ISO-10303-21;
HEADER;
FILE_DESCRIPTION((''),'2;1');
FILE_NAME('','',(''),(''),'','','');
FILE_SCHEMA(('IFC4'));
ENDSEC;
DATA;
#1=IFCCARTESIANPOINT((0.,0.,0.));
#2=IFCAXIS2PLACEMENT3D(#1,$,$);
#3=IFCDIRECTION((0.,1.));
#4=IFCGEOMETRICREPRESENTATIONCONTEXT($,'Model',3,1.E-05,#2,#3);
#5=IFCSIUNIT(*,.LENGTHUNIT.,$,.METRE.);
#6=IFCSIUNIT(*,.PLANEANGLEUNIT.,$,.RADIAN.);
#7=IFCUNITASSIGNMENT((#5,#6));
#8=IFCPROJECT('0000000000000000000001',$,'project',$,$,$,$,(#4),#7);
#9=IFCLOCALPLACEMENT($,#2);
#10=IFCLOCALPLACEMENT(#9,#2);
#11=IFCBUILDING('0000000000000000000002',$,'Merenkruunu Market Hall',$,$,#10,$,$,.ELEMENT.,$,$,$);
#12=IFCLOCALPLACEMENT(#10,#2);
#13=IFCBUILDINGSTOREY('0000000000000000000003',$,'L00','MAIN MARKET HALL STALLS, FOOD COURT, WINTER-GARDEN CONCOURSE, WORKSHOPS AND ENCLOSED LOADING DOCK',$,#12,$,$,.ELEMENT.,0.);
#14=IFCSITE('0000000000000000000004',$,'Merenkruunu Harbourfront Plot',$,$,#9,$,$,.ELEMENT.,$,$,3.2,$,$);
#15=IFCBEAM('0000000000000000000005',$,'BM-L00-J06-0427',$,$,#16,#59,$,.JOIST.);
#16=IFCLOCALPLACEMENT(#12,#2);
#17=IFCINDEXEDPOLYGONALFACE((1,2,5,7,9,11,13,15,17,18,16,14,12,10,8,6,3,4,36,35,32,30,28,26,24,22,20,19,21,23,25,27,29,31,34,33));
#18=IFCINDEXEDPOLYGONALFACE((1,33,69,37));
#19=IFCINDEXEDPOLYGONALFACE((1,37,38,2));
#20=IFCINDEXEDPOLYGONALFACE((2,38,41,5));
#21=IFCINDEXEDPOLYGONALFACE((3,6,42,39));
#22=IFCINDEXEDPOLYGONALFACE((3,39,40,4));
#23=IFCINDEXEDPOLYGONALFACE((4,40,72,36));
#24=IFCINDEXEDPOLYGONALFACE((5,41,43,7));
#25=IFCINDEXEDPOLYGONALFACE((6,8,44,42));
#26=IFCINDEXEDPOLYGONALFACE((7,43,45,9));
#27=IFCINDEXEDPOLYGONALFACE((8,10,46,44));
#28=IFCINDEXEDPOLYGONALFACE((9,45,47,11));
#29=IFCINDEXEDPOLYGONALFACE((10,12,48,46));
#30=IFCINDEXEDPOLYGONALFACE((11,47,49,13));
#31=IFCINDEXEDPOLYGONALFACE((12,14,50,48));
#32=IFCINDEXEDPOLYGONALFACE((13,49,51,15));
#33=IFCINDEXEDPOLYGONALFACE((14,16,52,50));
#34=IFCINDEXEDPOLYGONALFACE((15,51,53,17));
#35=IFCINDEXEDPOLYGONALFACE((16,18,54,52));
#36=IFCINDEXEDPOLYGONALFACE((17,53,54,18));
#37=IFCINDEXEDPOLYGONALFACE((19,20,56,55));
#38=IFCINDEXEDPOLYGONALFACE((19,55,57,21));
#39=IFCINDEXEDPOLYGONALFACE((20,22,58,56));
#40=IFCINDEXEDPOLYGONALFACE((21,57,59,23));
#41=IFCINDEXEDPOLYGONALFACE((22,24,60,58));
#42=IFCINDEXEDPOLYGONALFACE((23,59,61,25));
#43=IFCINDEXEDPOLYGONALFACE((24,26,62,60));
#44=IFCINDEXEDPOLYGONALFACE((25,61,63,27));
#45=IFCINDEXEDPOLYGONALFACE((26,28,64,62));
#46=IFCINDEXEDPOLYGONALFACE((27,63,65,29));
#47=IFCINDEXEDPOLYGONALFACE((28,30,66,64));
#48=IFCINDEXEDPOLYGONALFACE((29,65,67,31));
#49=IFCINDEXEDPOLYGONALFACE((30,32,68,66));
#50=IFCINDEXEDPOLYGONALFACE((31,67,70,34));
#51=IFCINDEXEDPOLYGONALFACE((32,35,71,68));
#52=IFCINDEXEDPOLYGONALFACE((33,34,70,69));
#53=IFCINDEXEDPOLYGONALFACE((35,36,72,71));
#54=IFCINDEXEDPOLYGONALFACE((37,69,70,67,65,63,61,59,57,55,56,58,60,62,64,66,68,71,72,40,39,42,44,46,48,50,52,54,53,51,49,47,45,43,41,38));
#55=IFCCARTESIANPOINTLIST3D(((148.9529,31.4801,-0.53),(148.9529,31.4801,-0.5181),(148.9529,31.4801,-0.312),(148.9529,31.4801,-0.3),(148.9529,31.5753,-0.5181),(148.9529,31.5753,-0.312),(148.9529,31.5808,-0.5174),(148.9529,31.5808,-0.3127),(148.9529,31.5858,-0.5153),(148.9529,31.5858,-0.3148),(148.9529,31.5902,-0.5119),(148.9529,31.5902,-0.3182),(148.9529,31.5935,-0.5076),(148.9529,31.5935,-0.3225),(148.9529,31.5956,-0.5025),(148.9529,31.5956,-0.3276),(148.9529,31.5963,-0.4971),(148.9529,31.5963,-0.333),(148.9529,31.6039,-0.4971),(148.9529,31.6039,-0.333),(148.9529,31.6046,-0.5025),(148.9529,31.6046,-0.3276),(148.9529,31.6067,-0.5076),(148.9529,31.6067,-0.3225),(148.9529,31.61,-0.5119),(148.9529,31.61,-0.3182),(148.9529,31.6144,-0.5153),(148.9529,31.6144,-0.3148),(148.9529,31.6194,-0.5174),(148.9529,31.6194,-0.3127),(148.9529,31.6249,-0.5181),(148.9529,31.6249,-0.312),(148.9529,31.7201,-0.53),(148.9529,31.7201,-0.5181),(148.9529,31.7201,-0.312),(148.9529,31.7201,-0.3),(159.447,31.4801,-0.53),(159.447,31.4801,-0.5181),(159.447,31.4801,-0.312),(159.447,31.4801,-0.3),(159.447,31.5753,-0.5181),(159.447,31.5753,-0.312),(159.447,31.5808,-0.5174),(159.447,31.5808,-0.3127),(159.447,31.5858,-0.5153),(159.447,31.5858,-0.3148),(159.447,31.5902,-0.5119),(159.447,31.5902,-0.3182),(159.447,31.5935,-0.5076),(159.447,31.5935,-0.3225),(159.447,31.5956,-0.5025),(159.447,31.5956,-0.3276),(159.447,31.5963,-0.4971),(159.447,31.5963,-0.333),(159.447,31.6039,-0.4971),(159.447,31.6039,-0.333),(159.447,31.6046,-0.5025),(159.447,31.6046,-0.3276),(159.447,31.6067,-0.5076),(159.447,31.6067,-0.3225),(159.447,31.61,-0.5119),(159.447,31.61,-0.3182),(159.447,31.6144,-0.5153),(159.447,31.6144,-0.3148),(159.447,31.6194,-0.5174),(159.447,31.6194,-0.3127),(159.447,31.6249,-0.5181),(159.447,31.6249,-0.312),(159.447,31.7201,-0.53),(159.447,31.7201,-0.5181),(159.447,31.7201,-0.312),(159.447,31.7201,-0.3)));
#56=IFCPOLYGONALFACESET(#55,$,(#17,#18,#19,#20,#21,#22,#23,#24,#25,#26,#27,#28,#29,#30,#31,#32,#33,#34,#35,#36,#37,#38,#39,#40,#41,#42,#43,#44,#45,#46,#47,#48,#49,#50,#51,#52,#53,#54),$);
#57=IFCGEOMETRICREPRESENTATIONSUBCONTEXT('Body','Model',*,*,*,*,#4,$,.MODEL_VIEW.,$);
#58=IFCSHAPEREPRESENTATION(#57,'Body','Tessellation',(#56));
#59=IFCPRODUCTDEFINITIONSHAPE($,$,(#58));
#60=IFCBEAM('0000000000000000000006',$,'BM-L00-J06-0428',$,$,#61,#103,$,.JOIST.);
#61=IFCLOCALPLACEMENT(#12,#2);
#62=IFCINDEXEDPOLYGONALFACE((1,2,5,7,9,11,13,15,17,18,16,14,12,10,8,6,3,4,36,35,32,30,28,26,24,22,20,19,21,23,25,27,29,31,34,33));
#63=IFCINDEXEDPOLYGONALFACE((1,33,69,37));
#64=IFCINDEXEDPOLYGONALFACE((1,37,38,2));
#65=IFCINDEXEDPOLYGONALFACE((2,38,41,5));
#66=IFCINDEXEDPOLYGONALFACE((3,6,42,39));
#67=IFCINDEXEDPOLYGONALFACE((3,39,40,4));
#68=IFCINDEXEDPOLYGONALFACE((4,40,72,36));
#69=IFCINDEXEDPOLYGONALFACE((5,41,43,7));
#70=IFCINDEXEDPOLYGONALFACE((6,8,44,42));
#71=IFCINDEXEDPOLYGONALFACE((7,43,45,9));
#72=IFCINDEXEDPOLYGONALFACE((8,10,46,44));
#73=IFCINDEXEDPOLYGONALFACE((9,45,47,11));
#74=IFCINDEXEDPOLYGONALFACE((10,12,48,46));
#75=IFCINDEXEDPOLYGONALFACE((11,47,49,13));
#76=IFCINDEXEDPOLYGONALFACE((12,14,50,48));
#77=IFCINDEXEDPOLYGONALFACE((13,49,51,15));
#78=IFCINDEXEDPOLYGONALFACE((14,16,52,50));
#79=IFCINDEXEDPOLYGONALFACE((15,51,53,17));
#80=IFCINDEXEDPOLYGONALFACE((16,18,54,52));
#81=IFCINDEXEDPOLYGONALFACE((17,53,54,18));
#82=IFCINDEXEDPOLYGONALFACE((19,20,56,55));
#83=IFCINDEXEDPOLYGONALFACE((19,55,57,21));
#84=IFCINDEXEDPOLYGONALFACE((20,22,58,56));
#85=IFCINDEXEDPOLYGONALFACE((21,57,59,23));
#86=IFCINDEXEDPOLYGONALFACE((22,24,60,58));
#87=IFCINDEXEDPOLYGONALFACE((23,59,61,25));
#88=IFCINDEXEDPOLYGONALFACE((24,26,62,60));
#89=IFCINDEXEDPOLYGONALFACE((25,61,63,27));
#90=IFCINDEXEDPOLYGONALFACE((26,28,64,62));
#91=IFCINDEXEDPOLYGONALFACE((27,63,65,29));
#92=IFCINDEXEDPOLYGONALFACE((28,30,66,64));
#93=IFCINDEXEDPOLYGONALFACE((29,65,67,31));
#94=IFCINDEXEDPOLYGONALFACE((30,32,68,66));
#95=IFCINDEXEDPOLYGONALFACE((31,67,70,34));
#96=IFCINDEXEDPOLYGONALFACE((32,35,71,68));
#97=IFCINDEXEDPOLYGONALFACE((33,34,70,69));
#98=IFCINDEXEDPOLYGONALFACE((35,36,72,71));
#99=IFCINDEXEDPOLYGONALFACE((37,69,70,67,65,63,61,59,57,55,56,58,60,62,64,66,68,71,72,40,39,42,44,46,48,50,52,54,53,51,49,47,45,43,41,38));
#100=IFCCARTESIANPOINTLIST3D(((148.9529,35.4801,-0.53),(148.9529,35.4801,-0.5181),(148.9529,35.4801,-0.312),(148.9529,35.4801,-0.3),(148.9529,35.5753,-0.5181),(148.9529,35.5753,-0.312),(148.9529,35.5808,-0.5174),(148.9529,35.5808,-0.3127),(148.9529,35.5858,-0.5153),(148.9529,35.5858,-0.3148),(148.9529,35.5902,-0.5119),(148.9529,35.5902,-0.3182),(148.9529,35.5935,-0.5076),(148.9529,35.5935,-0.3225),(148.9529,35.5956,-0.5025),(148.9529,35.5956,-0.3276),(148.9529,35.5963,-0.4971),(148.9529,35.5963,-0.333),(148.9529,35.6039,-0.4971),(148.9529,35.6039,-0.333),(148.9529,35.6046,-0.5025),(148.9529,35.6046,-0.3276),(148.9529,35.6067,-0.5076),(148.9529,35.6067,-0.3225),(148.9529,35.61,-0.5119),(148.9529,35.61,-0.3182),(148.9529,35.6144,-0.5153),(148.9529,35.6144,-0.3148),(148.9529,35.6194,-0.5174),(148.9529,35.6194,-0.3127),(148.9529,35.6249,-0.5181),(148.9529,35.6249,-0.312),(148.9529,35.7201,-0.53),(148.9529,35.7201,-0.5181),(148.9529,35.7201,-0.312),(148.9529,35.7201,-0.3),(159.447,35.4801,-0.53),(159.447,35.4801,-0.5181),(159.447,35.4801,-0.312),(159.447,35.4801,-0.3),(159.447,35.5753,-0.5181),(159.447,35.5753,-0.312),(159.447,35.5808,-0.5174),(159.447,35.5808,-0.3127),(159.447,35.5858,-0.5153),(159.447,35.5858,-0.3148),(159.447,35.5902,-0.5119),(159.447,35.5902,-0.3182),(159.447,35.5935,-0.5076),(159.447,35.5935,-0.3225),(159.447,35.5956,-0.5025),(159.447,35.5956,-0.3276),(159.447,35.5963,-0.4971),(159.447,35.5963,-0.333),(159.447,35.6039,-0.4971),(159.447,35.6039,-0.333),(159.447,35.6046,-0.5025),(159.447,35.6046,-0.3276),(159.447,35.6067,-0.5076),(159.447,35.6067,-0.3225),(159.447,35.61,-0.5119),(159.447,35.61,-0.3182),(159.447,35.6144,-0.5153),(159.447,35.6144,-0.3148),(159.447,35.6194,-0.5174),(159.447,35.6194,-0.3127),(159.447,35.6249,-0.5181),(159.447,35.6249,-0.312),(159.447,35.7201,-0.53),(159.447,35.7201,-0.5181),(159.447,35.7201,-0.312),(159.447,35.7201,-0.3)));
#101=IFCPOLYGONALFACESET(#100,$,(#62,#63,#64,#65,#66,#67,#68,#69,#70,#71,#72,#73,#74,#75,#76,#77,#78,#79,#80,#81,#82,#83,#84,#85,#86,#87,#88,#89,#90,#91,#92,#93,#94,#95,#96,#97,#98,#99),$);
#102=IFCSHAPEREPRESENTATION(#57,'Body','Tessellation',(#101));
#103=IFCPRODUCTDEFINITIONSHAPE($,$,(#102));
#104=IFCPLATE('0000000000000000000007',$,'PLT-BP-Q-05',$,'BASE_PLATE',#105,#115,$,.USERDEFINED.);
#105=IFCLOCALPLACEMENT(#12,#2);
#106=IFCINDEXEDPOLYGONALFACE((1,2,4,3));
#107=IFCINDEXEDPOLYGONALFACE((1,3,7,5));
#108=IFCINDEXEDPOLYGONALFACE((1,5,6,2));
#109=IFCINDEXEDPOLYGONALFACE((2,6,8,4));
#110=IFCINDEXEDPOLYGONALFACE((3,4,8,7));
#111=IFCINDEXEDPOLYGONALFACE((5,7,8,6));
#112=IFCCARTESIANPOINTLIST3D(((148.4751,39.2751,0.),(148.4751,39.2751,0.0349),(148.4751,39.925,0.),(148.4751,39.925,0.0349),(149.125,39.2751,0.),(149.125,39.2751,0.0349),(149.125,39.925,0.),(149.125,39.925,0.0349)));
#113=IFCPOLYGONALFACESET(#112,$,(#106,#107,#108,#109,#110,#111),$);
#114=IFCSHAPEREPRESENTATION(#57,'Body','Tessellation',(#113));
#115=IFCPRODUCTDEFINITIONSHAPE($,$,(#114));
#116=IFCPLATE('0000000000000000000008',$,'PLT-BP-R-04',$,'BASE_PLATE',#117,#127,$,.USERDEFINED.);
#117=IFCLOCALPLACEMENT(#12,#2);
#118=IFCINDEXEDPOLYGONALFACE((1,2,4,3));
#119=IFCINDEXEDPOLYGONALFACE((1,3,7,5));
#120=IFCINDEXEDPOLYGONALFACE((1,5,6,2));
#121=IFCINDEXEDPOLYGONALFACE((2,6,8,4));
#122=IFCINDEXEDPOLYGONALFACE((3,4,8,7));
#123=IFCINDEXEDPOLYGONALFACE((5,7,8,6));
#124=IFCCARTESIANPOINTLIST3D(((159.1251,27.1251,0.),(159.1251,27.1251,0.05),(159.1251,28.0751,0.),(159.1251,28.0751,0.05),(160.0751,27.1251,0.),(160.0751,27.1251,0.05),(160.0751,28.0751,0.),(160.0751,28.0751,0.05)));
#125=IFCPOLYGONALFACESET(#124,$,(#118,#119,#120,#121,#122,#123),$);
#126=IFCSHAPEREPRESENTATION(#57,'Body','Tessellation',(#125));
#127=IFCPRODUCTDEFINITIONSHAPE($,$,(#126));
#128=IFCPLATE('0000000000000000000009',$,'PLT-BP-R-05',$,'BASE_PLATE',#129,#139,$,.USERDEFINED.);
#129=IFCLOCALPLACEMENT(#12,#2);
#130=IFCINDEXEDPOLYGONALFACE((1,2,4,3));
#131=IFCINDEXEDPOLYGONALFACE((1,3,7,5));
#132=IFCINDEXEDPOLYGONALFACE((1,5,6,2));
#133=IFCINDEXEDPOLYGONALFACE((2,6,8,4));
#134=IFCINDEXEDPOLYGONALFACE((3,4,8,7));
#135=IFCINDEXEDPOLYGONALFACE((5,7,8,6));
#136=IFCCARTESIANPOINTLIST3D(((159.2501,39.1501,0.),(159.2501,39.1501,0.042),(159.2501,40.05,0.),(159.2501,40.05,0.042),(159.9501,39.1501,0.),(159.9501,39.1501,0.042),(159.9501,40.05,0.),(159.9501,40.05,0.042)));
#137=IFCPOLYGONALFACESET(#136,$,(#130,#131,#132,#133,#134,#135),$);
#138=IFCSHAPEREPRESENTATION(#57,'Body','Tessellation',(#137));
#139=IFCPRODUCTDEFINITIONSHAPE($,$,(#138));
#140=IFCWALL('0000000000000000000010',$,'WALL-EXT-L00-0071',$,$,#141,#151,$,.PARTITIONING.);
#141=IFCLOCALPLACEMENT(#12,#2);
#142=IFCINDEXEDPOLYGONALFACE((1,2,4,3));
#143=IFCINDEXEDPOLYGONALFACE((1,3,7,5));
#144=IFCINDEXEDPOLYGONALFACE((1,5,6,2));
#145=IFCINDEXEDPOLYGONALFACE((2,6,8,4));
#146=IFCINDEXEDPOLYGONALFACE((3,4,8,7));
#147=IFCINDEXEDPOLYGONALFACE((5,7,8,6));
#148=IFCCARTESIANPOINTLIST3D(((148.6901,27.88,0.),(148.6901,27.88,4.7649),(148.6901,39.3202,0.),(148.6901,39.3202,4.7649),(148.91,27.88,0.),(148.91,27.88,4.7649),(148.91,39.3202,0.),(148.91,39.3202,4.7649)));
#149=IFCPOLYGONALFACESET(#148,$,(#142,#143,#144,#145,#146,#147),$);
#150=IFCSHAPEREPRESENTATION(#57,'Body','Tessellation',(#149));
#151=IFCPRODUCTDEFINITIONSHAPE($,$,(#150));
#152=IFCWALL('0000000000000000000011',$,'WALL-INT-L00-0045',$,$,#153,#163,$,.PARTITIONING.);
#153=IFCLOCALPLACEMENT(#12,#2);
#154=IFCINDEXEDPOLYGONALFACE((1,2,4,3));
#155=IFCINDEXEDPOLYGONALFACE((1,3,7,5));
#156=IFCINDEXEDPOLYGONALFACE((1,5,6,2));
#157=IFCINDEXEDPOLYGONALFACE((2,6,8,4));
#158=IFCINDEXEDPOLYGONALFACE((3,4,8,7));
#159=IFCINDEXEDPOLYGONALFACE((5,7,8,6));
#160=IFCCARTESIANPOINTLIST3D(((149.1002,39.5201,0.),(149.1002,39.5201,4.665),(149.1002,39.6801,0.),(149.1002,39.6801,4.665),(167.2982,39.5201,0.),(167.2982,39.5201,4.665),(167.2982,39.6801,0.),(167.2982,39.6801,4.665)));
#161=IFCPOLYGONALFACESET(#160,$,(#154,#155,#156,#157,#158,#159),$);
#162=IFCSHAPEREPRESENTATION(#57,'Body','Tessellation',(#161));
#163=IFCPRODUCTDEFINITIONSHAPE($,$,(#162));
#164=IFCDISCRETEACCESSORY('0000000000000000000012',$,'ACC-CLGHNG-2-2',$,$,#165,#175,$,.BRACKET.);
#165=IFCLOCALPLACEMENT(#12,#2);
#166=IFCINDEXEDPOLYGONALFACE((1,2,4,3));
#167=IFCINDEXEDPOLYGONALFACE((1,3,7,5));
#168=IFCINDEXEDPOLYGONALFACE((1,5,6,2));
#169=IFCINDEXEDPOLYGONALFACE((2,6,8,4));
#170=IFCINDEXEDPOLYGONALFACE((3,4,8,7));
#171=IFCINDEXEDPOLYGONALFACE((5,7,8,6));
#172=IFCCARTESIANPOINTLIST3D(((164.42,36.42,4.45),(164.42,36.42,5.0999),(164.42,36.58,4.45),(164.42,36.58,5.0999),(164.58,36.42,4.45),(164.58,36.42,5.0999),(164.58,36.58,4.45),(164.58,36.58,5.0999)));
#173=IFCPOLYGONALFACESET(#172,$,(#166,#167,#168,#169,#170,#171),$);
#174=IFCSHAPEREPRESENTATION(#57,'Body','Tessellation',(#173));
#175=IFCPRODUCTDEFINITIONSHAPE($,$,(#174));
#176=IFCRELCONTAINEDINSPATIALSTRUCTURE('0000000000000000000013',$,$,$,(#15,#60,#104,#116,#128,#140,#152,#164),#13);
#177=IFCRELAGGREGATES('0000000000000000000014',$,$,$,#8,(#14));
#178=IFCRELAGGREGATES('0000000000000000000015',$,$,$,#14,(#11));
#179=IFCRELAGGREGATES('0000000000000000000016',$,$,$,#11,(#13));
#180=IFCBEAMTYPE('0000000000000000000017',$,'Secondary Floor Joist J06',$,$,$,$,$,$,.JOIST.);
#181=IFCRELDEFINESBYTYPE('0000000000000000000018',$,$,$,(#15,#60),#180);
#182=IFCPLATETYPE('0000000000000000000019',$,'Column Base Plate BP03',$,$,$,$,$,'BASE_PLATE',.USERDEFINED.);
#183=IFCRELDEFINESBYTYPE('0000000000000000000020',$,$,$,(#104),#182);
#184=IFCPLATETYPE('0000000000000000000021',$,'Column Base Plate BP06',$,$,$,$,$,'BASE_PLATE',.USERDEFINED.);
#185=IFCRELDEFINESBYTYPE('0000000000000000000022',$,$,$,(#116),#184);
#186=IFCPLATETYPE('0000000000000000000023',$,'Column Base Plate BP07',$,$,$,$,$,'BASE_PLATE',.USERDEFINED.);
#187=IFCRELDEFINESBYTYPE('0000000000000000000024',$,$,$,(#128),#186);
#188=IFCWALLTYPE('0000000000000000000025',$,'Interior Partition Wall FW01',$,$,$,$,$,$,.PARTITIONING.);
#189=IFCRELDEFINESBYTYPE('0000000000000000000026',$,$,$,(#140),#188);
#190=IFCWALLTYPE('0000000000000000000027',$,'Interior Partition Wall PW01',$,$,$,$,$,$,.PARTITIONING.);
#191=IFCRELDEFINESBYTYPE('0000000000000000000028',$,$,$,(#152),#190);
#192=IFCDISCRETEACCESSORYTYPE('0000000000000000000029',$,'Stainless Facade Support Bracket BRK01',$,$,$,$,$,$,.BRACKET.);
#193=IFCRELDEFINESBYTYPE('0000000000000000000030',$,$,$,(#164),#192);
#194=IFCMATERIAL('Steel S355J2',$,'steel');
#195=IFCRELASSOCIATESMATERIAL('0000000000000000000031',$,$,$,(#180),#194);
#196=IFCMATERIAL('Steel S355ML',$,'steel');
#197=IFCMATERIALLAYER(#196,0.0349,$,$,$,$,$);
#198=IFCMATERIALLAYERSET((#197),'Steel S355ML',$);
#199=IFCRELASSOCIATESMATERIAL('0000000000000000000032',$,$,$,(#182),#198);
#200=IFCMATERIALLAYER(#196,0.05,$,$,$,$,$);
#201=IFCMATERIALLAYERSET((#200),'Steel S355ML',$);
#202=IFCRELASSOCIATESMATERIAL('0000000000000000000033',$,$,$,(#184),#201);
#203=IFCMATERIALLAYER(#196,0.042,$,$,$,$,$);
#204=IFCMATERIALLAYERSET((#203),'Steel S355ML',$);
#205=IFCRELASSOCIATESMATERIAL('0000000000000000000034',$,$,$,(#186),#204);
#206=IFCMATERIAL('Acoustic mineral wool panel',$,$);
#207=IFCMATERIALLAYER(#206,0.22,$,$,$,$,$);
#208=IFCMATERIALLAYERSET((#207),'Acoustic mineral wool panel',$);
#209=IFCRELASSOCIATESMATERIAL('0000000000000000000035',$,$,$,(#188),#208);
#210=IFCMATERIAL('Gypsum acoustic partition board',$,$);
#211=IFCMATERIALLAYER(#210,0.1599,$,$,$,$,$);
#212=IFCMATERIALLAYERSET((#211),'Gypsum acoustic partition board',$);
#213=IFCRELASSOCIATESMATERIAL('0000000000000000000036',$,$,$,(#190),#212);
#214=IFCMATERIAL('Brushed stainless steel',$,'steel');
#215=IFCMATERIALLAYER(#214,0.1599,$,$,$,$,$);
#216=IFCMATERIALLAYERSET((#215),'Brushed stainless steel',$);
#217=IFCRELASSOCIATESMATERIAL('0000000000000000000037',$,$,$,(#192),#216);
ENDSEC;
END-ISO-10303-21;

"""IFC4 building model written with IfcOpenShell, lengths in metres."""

from ifc_helpers import new_model, si_unit, direction, frame, frame_2d, origin, origin_2d, place, context, subcontext, project, spatial, rectangle, i_section, extrude, material, layer, layer_set, material_profile, profile_set, type_object, element, save


model = new_model("IFC4")

# Units and contexts
model_context = context("Model", 3, precision=1e-05, world=origin(), true_north=direction((0.0, 1.0)))
body_context = subcontext(model_context, "Body", "Model", "MODEL_VIEW")
ifc_project = project(units=[si_unit("LENGTHUNIT", "METRE"), si_unit("PLANEANGLEUNIT", "RADIAN")], contexts=[model_context])

# Site, building, storey
site_placement = place(None, origin())
site = spatial("IfcSite", under=ifc_project, at=site_placement, Name="Merenkruunu Harbourfront Plot", CompositionType="ELEMENT", RefElevation=3.2)
building_placement = place(site_placement, origin())
building = spatial("IfcBuilding", under=site, at=building_placement, Name="Merenkruunu Market Hall", CompositionType="ELEMENT")
storey_placement = place(building_placement, origin())
storey = spatial("IfcBuildingStorey", under=building, at=storey_placement, Name="L00", Description="MAIN MARKET HALL STALLS, FOOD COURT, WINTER-GARDEN CONCOURSE, WORKSHOPS AND ENCLOSED LOADING DOCK", CompositionType="ELEMENT", Elevation=0.0)

# Shared definitions
ifc_material_1 = material(Name="Steel S355ML", Category="steel")
ifc_material_2 = material(Name="Steel S355J2", Category="steel")

# Beams
ifc_material_profile_1 = material_profile(ifc_material_2, i_section(OverallWidth=0.24, OverallDepth=0.23, WebThickness=0.0076, FlangeThickness=0.012, FilletRadius=0.021, at=origin_2d()), Name="HEA 240")
ifc_profile_set_1 = profile_set([ifc_material_profile_1], Name="Steel S355J2")
beam_type_1 = type_object("IfcBeamType", Name="Secondary Floor Joist J06", PredefinedType="JOIST", material=ifc_profile_set_1)
for number, where, z_axis, x_axis, name in (
    (1, (148.9529, 31.6001, -0.415), (1.0, 0.0, 0.0), (0.0, 1.0, 0.0), "BM-L00-J06-0427"),
    (2, (148.9529, 35.6001, -0.415), (1.0, 0.0, 0.0), (0.0, 1.0, 0.0), "BM-L00-J06-0428"),
):
    element("IfcBeam", number, at=place(storey_placement, frame(where, z_axis=z_axis, x_axis=x_axis)), inside=storey, type_object=beam_type_1, Name=name, PredefinedType="JOIST", context=body_context, shape_type="SweptSolid", body=[
        extrude(i_section(OverallWidth=0.24, OverallDepth=0.23, WebThickness=0.0076, FlangeThickness=0.012, FilletRadius=0.021, at=origin_2d()), origin(), (0.0, 0.0, 1.0), 10.4941),
    ])

# Plates
ifc_layer_1 = layer(ifc_material_1, 0.0349)
ifc_layer_set_1 = layer_set([ifc_layer_1], Name="Steel S355ML")
plate_type_1 = type_object("IfcPlateType", Name="Column Base Plate BP03", ElementType="BASE_PLATE", PredefinedType="USERDEFINED", material=ifc_layer_set_1)
plate_1_placement = place(storey_placement, frame((148.8, 39.6001, 0.0), z_axis=(0.0, 0.0, 1.0), x_axis=(1.0, 0.0, 0.0)))
element("IfcPlate", 3, at=plate_1_placement, inside=storey, type_object=plate_type_1, Name="PLT-BP-Q-05", ObjectType="BASE_PLATE", PredefinedType="USERDEFINED", context=body_context, shape_type="SweptSolid", body=[
    extrude(rectangle(XDim=0.6499, YDim=0.6499, at=origin_2d()), origin(), (0.0, 0.0, 1.0), 0.0349),
])
ifc_layer_2 = layer(ifc_material_1, 0.05)
ifc_layer_set_2 = layer_set([ifc_layer_2], Name="Steel S355ML")
plate_type_2 = type_object("IfcPlateType", Name="Column Base Plate BP06", ElementType="BASE_PLATE", PredefinedType="USERDEFINED", material=ifc_layer_set_2)
plate_2_placement = place(storey_placement, frame((159.6001, 27.6001, 0.0), z_axis=(0.0, 0.0, 1.0), x_axis=(1.0, 0.0, 0.0)))
element("IfcPlate", 4, at=plate_2_placement, inside=storey, type_object=plate_type_2, Name="PLT-BP-R-04", ObjectType="BASE_PLATE", PredefinedType="USERDEFINED", context=body_context, shape_type="SweptSolid", body=[
    extrude(rectangle(XDim=0.95, YDim=0.95, at=origin_2d()), origin(), (0.0, 0.0, 1.0), 0.05),
])
ifc_layer_3 = layer(ifc_material_1, 0.042)
ifc_layer_set_3 = layer_set([ifc_layer_3], Name="Steel S355ML")
plate_type_3 = type_object("IfcPlateType", Name="Column Base Plate BP07", ElementType="BASE_PLATE", PredefinedType="USERDEFINED", material=ifc_layer_set_3)
plate_3_placement = place(storey_placement, frame((159.6001, 39.6001, 0.0), z_axis=(0.0, 0.0, 1.0), x_axis=(1.0, 0.0, 0.0)))
element("IfcPlate", 5, at=plate_3_placement, inside=storey, type_object=plate_type_3, Name="PLT-BP-R-05", ObjectType="BASE_PLATE", PredefinedType="USERDEFINED", context=body_context, shape_type="SweptSolid", body=[
    extrude(rectangle(XDim=0.7, YDim=0.8999, at=origin_2d()), origin(), (0.0, 0.0, 1.0), 0.042),
])

# Walls
ifc_material_3 = material(Name="Acoustic mineral wool panel")
ifc_layer_4 = layer(ifc_material_3, 0.22)
ifc_layer_set_4 = layer_set([ifc_layer_4], Name="Acoustic mineral wool panel")
wall_type_1 = type_object("IfcWallType", Name="Interior Partition Wall FW01", PredefinedType="PARTITIONING", material=ifc_layer_set_4)
wall_1_placement = place(storey_placement, frame((148.8, 27.8799, 0.0), z_axis=(0.0, 0.0, 1.0), x_axis=(0.0, 1.0, 0.0)))
element("IfcWall", 6, at=wall_1_placement, inside=storey, type_object=wall_type_1, Name="WALL-EXT-L00-0071", PredefinedType="PARTITIONING", context=body_context, shape_type="SweptSolid", body=[
    extrude(rectangle(XDim=11.4402, YDim=0.22, at=frame_2d((5.7202, 0.0))), origin(), (0.0, 0.0, 1.0), 4.7649),
])
ifc_material_4 = material(Name="Gypsum acoustic partition board")
ifc_layer_5 = layer(ifc_material_4, 0.1599)
ifc_layer_set_5 = layer_set([ifc_layer_5], Name="Gypsum acoustic partition board")
wall_type_2 = type_object("IfcWallType", Name="Interior Partition Wall PW01", PredefinedType="PARTITIONING", material=ifc_layer_set_5)
wall_2_placement = place(storey_placement, frame((149.1001, 39.6001, 0.0), z_axis=(0.0, 0.0, 1.0), x_axis=(1.0, 0.0, 0.0)))
element("IfcWall", 7, at=wall_2_placement, inside=storey, type_object=wall_type_2, Name="WALL-INT-L00-0045", PredefinedType="PARTITIONING", context=body_context, shape_type="SweptSolid", body=[
    extrude(rectangle(XDim=18.198, YDim=0.1599, at=frame_2d((9.0991, 0.0))), origin(), (0.0, 0.0, 1.0), 4.665),
])

# Discrete accessory
ifc_material_5 = material(Name="Brushed stainless steel", Category="steel")
ifc_layer_6 = layer(ifc_material_5, 0.1599)
ifc_layer_set_6 = layer_set([ifc_layer_6], Name="Brushed stainless steel")
discrete_accessory_type = type_object("IfcDiscreteAccessoryType", Name="Stainless Facade Support Bracket BRK01", PredefinedType="BRACKET", material=ifc_layer_set_6)
discrete_accessory_placement = place(storey_placement, frame((164.5, 36.5, 4.45), z_axis=(0.0, 0.0, 1.0), x_axis=(1.0, 0.0, 0.0)))
element("IfcDiscreteAccessory", 8, at=discrete_accessory_placement, inside=storey, type_object=discrete_accessory_type, Name="ACC-CLGHNG-2-2", PredefinedType="BRACKET", context=body_context, shape_type="SweptSolid", body=[
    extrude(rectangle(XDim=0.1599, YDim=0.1599, at=origin_2d()), origin(), (0.0, 0.0, 1.0), 0.6499),
])

save(model, "model.ifc")
